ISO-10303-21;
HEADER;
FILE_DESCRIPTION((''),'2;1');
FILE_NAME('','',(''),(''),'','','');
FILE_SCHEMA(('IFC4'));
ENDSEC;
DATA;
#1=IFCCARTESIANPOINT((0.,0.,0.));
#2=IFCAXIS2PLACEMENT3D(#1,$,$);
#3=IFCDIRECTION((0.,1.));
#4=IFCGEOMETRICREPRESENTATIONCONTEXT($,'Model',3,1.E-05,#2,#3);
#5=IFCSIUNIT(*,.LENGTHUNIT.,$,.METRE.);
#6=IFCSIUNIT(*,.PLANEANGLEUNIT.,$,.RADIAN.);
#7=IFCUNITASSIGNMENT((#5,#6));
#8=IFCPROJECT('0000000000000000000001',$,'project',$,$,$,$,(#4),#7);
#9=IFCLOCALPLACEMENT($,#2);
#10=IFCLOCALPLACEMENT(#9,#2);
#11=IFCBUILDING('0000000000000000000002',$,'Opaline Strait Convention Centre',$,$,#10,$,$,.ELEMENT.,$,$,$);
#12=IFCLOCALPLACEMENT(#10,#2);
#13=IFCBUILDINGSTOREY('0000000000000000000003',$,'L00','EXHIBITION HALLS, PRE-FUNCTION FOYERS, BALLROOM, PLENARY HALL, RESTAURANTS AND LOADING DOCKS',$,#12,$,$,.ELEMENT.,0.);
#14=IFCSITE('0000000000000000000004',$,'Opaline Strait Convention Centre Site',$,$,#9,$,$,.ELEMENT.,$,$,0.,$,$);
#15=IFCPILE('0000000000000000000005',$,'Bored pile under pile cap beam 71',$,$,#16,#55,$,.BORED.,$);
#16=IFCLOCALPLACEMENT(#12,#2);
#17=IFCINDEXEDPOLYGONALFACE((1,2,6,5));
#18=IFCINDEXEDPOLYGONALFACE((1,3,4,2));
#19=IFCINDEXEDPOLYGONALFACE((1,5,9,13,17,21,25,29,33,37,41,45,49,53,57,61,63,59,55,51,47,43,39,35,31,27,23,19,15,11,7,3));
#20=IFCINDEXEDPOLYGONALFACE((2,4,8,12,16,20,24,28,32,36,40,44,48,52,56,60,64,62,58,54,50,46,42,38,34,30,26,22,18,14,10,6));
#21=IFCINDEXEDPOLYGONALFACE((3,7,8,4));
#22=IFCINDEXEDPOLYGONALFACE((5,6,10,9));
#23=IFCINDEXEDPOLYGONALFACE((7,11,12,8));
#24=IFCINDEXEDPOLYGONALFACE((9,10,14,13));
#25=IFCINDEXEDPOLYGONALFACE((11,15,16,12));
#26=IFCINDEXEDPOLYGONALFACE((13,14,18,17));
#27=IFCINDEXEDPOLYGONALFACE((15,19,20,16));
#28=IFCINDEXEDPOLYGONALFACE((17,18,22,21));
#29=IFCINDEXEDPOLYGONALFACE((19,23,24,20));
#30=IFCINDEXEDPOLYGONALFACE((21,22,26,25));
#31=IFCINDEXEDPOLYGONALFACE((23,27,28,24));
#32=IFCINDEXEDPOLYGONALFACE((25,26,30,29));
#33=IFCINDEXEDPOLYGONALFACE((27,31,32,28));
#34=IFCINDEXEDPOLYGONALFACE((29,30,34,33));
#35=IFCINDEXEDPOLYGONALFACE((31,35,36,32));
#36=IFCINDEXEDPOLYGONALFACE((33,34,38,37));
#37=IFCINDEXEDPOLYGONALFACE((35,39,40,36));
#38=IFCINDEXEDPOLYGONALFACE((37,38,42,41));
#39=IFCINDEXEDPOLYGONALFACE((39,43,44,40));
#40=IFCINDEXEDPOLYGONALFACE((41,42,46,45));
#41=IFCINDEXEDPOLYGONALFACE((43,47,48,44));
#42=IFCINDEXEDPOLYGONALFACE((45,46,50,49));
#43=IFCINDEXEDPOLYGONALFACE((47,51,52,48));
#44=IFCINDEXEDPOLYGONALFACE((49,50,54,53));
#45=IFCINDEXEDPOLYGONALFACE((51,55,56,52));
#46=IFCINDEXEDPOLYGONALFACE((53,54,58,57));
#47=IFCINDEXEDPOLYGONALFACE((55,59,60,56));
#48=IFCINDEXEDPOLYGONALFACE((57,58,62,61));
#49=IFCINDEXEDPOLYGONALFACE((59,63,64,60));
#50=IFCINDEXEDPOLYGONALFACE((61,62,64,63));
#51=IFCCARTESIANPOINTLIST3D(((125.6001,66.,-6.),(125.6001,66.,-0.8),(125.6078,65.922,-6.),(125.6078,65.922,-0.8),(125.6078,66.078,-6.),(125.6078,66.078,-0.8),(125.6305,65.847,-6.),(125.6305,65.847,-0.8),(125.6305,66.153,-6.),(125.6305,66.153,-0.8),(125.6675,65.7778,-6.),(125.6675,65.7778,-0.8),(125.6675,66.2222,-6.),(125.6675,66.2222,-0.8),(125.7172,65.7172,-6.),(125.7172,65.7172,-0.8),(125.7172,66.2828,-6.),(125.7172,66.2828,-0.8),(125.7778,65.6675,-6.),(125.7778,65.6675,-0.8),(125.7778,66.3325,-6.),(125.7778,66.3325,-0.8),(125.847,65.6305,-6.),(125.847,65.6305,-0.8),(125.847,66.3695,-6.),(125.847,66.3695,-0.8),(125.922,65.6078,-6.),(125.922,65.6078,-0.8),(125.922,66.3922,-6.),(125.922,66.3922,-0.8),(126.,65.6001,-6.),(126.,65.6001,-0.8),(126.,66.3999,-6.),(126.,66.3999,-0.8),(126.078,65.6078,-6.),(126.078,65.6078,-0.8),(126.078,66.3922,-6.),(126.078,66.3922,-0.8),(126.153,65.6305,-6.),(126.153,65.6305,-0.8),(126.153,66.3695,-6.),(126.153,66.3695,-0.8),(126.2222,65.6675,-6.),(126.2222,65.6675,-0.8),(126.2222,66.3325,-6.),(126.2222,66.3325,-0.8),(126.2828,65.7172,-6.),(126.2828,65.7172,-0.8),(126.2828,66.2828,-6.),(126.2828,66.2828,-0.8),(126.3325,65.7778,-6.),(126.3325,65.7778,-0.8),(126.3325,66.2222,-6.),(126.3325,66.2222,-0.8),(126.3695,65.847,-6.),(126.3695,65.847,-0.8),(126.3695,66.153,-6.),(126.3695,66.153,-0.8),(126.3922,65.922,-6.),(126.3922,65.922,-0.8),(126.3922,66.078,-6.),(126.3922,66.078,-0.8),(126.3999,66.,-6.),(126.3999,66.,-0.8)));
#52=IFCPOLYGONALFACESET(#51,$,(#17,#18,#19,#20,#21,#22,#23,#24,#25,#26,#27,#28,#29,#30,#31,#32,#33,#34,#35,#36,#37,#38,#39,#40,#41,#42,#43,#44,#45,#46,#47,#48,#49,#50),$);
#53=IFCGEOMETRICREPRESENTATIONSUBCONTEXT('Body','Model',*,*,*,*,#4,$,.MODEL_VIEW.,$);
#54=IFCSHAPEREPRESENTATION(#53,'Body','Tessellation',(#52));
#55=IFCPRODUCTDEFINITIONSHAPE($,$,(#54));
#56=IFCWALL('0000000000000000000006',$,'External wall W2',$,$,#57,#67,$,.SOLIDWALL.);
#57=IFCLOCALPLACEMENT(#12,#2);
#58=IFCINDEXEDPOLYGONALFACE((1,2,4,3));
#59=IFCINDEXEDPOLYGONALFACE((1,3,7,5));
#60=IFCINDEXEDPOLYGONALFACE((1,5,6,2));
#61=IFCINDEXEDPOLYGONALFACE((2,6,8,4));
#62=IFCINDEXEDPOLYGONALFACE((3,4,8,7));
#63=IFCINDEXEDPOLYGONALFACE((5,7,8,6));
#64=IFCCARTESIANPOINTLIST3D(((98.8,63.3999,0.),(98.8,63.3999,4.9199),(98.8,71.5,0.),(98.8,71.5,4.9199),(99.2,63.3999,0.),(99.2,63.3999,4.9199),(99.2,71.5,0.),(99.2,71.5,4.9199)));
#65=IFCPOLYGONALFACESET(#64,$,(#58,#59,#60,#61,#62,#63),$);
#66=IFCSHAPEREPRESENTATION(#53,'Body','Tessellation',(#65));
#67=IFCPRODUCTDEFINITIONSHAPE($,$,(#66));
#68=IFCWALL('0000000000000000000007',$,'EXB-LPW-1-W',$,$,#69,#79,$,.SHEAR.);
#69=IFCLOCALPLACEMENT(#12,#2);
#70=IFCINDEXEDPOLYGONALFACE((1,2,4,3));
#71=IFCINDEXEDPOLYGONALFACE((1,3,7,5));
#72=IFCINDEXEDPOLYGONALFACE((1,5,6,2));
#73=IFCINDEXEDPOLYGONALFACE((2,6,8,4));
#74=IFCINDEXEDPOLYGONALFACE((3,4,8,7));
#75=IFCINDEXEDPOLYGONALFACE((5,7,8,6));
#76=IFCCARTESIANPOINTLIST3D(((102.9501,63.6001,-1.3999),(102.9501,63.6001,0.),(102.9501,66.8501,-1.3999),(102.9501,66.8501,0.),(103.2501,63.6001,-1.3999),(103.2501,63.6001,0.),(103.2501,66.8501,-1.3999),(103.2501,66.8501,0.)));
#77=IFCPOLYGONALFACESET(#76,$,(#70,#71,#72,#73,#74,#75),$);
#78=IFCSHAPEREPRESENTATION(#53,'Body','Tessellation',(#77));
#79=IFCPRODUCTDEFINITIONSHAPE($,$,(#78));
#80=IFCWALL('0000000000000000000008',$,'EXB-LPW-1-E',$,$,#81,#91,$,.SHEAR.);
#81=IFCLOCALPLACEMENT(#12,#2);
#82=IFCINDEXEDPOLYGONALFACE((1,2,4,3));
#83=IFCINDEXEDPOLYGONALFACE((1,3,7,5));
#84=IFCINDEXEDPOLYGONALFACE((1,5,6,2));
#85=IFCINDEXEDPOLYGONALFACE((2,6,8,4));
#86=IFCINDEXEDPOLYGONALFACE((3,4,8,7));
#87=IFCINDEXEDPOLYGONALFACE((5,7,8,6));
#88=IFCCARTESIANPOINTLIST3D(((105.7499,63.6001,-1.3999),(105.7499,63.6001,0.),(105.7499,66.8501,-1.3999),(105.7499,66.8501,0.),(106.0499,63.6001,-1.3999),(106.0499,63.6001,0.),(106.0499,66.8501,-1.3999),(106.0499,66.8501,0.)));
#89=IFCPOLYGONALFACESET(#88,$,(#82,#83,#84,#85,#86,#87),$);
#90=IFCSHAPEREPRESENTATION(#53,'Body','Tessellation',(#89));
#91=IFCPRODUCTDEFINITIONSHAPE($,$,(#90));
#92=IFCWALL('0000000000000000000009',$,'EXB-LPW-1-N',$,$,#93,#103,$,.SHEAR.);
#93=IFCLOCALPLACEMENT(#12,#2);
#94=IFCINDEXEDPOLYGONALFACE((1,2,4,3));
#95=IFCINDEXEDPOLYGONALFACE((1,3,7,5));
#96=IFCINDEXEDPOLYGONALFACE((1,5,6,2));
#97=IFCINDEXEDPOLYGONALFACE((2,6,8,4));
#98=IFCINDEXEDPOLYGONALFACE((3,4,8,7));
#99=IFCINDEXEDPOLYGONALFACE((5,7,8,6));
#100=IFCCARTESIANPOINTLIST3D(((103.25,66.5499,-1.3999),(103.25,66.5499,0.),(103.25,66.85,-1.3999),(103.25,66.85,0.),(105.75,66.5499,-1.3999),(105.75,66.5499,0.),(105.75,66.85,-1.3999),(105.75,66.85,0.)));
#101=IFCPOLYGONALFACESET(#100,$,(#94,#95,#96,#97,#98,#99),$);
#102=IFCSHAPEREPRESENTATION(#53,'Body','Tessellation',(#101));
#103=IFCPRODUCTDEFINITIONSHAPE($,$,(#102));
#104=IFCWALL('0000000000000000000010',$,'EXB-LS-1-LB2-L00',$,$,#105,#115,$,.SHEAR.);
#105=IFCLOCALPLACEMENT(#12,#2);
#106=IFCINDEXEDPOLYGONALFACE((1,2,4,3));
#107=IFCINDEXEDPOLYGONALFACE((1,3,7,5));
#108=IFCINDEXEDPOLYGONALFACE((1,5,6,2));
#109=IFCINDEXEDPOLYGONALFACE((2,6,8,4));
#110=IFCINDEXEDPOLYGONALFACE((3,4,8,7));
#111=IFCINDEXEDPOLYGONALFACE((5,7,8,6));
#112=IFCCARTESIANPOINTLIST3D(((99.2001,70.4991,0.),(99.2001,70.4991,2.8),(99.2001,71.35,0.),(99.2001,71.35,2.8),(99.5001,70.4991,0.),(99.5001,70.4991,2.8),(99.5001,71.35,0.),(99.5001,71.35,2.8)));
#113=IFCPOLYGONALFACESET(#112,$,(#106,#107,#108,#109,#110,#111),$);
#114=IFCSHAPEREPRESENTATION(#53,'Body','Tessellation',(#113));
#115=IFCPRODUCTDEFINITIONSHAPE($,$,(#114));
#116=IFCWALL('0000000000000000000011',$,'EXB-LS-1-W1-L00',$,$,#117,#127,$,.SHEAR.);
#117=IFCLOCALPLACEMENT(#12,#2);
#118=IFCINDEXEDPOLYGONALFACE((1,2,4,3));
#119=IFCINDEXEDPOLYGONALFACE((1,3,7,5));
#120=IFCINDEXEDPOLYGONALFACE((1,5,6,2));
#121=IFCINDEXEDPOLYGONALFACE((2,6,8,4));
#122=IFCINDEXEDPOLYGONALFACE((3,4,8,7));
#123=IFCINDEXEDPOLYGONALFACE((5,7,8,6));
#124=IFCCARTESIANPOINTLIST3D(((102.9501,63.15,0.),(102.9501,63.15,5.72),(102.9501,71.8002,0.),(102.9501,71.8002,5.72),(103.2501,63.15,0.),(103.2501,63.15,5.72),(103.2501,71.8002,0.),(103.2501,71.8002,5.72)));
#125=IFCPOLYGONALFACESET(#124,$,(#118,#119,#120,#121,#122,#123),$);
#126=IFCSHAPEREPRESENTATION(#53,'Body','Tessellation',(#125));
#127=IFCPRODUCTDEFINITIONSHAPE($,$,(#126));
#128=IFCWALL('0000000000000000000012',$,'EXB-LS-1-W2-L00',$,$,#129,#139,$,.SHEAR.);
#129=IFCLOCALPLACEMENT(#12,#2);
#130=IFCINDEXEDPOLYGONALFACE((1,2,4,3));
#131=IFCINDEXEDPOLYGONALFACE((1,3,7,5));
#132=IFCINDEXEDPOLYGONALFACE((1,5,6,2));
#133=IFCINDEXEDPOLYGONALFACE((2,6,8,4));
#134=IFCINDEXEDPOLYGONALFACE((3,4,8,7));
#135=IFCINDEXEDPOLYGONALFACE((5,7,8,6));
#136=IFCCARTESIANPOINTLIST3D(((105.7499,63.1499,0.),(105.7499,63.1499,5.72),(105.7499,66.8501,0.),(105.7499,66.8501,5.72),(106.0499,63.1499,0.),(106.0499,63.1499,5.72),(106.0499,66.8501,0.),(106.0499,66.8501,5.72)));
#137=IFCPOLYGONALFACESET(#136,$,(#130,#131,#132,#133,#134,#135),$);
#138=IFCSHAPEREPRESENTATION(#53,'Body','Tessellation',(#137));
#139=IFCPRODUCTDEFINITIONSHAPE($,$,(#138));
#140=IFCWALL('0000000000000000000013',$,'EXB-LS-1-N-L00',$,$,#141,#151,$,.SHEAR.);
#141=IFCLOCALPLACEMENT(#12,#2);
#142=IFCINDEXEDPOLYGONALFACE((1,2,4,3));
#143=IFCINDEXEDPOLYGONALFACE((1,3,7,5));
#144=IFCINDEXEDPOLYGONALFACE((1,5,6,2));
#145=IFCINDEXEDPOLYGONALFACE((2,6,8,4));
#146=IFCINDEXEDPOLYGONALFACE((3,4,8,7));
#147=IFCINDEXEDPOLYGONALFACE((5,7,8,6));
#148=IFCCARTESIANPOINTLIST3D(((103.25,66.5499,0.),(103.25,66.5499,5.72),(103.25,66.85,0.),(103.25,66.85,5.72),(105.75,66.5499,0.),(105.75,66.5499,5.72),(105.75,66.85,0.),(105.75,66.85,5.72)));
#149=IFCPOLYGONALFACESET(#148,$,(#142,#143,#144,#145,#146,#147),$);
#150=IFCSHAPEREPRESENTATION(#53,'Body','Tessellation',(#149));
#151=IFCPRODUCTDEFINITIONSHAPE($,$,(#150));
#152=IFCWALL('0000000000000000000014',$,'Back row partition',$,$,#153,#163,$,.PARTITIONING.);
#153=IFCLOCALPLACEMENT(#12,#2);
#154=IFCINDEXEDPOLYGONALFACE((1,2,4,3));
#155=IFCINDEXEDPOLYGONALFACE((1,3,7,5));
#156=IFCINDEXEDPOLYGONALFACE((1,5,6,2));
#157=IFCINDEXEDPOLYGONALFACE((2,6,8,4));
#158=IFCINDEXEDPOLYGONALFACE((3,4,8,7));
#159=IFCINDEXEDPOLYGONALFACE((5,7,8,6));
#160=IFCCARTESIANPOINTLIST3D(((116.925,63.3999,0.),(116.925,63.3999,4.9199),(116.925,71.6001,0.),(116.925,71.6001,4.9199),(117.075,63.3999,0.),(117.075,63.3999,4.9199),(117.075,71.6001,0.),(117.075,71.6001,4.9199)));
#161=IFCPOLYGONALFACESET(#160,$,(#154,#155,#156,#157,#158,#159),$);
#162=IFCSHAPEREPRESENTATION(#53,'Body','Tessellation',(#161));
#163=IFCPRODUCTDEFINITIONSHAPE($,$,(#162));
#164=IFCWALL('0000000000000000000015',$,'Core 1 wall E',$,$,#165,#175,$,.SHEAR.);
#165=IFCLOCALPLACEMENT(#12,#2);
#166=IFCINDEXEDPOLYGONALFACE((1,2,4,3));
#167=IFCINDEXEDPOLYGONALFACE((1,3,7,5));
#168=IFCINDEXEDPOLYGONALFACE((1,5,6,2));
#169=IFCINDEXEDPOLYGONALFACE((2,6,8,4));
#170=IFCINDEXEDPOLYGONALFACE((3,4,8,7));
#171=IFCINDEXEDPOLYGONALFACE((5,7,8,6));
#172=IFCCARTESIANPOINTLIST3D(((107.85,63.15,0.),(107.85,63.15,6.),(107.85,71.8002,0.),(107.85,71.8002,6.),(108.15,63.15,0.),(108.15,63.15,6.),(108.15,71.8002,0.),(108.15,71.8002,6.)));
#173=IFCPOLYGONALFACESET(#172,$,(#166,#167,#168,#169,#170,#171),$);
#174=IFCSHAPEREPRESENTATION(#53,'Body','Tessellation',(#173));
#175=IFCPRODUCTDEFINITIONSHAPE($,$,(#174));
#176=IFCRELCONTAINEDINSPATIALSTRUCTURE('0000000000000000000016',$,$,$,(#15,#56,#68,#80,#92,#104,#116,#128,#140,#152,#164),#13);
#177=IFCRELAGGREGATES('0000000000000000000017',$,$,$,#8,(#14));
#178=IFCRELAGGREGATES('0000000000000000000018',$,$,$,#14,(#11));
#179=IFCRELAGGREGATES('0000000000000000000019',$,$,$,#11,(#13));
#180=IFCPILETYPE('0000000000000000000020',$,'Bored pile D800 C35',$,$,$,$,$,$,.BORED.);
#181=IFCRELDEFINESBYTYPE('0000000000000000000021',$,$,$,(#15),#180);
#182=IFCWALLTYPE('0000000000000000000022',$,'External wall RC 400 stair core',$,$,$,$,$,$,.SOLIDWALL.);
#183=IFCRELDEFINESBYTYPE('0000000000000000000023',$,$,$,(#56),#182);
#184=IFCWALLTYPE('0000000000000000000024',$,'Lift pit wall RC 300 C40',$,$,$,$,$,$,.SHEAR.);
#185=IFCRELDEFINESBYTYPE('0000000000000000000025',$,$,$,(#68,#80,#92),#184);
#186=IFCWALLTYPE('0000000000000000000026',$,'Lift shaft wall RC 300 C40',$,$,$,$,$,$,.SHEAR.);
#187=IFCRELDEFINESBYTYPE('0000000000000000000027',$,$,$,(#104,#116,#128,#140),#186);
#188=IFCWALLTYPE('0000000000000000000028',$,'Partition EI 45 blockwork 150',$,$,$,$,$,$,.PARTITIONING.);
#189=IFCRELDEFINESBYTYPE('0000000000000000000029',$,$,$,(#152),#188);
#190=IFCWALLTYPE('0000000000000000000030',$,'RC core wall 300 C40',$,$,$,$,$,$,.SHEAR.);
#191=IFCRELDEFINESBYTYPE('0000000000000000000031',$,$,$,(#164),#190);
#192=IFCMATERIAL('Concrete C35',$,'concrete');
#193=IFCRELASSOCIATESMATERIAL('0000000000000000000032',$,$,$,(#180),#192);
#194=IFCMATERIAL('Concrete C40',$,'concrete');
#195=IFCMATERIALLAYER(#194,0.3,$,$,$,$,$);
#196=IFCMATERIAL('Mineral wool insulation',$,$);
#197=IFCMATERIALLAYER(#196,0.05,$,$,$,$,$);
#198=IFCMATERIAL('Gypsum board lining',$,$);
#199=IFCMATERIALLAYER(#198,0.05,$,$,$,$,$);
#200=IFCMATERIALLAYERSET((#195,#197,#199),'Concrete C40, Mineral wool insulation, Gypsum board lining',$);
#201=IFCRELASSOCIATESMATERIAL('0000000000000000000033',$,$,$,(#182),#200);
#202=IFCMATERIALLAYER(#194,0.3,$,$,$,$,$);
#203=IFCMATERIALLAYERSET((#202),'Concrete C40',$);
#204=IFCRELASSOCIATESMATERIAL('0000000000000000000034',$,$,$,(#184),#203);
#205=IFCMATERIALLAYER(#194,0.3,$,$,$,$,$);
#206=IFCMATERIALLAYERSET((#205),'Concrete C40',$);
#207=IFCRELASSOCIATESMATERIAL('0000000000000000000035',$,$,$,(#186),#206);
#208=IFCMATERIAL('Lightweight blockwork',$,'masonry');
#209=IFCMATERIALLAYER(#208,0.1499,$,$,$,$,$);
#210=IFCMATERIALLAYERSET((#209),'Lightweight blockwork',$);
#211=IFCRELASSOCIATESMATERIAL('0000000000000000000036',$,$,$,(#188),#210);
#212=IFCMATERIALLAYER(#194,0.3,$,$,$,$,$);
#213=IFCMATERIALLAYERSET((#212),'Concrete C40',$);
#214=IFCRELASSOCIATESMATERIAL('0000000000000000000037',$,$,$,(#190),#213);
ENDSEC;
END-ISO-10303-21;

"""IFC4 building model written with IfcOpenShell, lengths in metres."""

from ifc_helpers import new_model, si_unit, direction, frame, frame_2d, origin, origin_2d, place, context, subcontext, project, spatial, rectangle, circle, extrude, material, layer, layer_set, material_profile, profile_set, type_object, element, save


model = new_model("IFC4")

# Units and contexts
model_context = context("Model", 3, precision=1e-05, world=origin(), true_north=direction((0.0, 1.0)))
body_context = subcontext(model_context, "Body", "Model", "MODEL_VIEW")
ifc_project = project(units=[si_unit("LENGTHUNIT", "METRE"), si_unit("PLANEANGLEUNIT", "RADIAN")], contexts=[model_context])

# Site, building, storey
site_placement = place(None, origin())
site = spatial("IfcSite", under=ifc_project, at=site_placement, Name="Opaline Strait Convention Centre Site", CompositionType="ELEMENT", RefElevation=0.0)
building_placement = place(site_placement, origin())
building = spatial("IfcBuilding", under=site, at=building_placement, Name="Opaline Strait Convention Centre", CompositionType="ELEMENT")
storey_placement = place(building_placement, origin())
storey = spatial("IfcBuildingStorey", under=building, at=storey_placement, Name="L00", Description="EXHIBITION HALLS, PRE-FUNCTION FOYERS, BALLROOM, PLENARY HALL, RESTAURANTS AND LOADING DOCKS", CompositionType="ELEMENT", Elevation=0.0)

# Pile
ifc_material_1 = material(Name="Concrete C35", Category="concrete")
ifc_material_profile = material_profile(ifc_material_1, circle(Radius=0.3999, at=origin_2d()), Name="D800")
ifc_profile_set = profile_set([ifc_material_profile], Name="Concrete C35")
pile_type = type_object("IfcPileType", Name="Bored pile D800 C35", PredefinedType="BORED", material=ifc_profile_set)
pile_placement = place(storey_placement, frame((126.0, 66.0, -0.8), z_axis=(0.0, 0.0, -1.0), x_axis=(1.0, 0.0, 0.0)))
element("IfcPile", 1, at=pile_placement, inside=storey, type_object=pile_type, Name="Bored pile under pile cap beam 71", PredefinedType="BORED", context=body_context, shape_type="SweptSolid", body=[
    extrude(circle(Radius=0.3999, at=origin_2d()), origin(), (0.0, 0.0, 1.0), 5.2),
])

# Walls
ifc_material_2 = material(Name="Concrete C40", Category="concrete")
ifc_layer_1 = layer(ifc_material_2, 0.3)
ifc_material_3 = material(Name="Mineral wool insulation")
ifc_layer_2 = layer(ifc_material_3, 0.05)
ifc_material_4 = material(Name="Gypsum board lining")
ifc_layer_3 = layer(ifc_material_4, 0.05)
ifc_layer_set_1 = layer_set([ifc_layer_1, ifc_layer_2, ifc_layer_3], Name="Concrete C40, Mineral wool insulation, Gypsum board lining")
wall_type_1 = type_object("IfcWallType", Name="External wall RC 400 stair core", PredefinedType="SOLIDWALL", material=ifc_layer_set_1)
wall_1_placement = place(storey_placement, frame((99.0, 63.3999, 0.0), z_axis=(0.0, 0.0, 1.0), x_axis=(0.0, 1.0, 0.0)))
element("IfcWall", 2, at=wall_1_placement, inside=storey, type_object=wall_type_1, Name="External wall W2", PredefinedType="SOLIDWALL", context=body_context, shape_type="SweptSolid", body=[
    extrude(rectangle(XDim=8.1001, YDim=0.3999, at=frame_2d((4.05, 0.0))), origin(), (0.0, 0.0, 1.0), 4.9199),
])
ifc_layer_4 = layer(ifc_material_2, 0.3)
ifc_layer_set_2 = layer_set([ifc_layer_4], Name="Concrete C40")
wall_type_2 = type_object("IfcWallType", Name="Lift pit wall RC 300 C40", PredefinedType="SHEAR", material=ifc_layer_set_2)
for number, where, z_axis, x_axis, name in (
    (3, (103.1001, 63.6001, -1.3999), (0.0, 0.0, 1.0), (0.0, 1.0, 0.0), "EXB-LPW-1-W"),
    (4, (105.8999, 63.6001, -1.3999), (0.0, 0.0, 1.0), (0.0, 1.0, 0.0), "EXB-LPW-1-E"),
):
    element("IfcWall", number, at=place(storey_placement, frame(where, z_axis=z_axis, x_axis=x_axis)), inside=storey, type_object=wall_type_2, Name=name, PredefinedType="SHEAR", context=body_context, shape_type="SweptSolid", body=[
        extrude(rectangle(XDim=3.25, YDim=0.3, at=frame_2d((1.625, 0.0))), origin(), (0.0, 0.0, 1.0), 1.3999),
    ])
wall_2_placement = place(storey_placement, frame((103.25, 66.7, -1.3999), z_axis=(0.0, 0.0, 1.0), x_axis=(1.0, 0.0, 0.0)))
element("IfcWall", 5, at=wall_2_placement, inside=storey, type_object=wall_type_2, Name="EXB-LPW-1-N", PredefinedType="SHEAR", context=body_context, shape_type="SweptSolid", body=[
    extrude(rectangle(XDim=2.5, YDim=0.3, at=frame_2d((1.25, 0.0))), origin(), (0.0, 0.0, 1.0), 1.3999),
])
ifc_layer_5 = layer(ifc_material_2, 0.3)
ifc_layer_set_3 = layer_set([ifc_layer_5], Name="Concrete C40")
wall_type_3 = type_object("IfcWallType", Name="Lift shaft wall RC 300 C40", PredefinedType="SHEAR", material=ifc_layer_set_3)
wall_3_placement = place(storey_placement, frame((99.3501, 70.4993, 0.0), z_axis=(0.0, 0.0, 1.0), x_axis=(0.0, 1.0, 0.0)))
element("IfcWall", 6, at=wall_3_placement, inside=storey, type_object=wall_type_3, Name="EXB-LS-1-LB2-L00", PredefinedType="SHEAR", context=body_context, shape_type="SweptSolid", body=[
    extrude(rectangle(XDim=0.8508, YDim=0.3, at=frame_2d((0.4253, 0.0))), origin(), (0.0, 0.0, 1.0), 2.8),
])
wall_4_placement = place(storey_placement, frame((103.1001, 63.1499, 0.0), z_axis=(0.0, 0.0, 1.0), x_axis=(0.0, 1.0, 0.0)))
element("IfcWall", 7, at=wall_4_placement, inside=storey, type_object=wall_type_3, Name="EXB-LS-1-W1-L00", PredefinedType="SHEAR", context=body_context, shape_type="SweptSolid", body=[
    extrude(rectangle(XDim=8.6501, YDim=0.3, at=frame_2d((4.3252, 0.0))), origin(), (0.0, 0.0, 1.0), 5.72),
])
wall_5_placement = place(storey_placement, frame((105.8999, 63.1499, 0.0), z_axis=(0.0, 0.0, 1.0), x_axis=(0.0, 1.0, 0.0)))
element("IfcWall", 8, at=wall_5_placement, inside=storey, type_object=wall_type_3, Name="EXB-LS-1-W2-L00", PredefinedType="SHEAR", context=body_context, shape_type="SweptSolid", body=[
    extrude(rectangle(XDim=3.7002, YDim=0.3, at=frame_2d((1.8501, 0.0))), origin(), (0.0, 0.0, 1.0), 5.72),
])
wall_6_placement = place(storey_placement, frame((103.25, 66.7, 0.0), z_axis=(0.0, 0.0, 1.0), x_axis=(1.0, 0.0, 0.0)))
element("IfcWall", 9, at=wall_6_placement, inside=storey, type_object=wall_type_3, Name="EXB-LS-1-N-L00", PredefinedType="SHEAR", context=body_context, shape_type="SweptSolid", body=[
    extrude(rectangle(XDim=2.5, YDim=0.3, at=frame_2d((1.25, 0.0))), origin(), (0.0, 0.0, 1.0), 5.72),
])
ifc_material_5 = material(Name="Lightweight blockwork", Category="masonry")
ifc_layer_6 = layer(ifc_material_5, 0.1499)
ifc_layer_set_4 = layer_set([ifc_layer_6], Name="Lightweight blockwork")
wall_type_4 = type_object("IfcWallType", Name="Partition EI 45 blockwork 150", PredefinedType="PARTITIONING", material=ifc_layer_set_4)
wall_7_placement = place(storey_placement, frame((117.0, 63.3999, 0.0), z_axis=(0.0, 0.0, 1.0), x_axis=(0.0, 1.0, 0.0)))
element("IfcWall", 10, at=wall_7_placement, inside=storey, type_object=wall_type_4, Name="Back row partition", PredefinedType="PARTITIONING", context=body_context, shape_type="SweptSolid", body=[
    extrude(rectangle(XDim=8.2002, YDim=0.1499, at=frame_2d((4.1001, 0.0))), origin(), (0.0, 0.0, 1.0), 4.9199),
])
ifc_layer_7 = layer(ifc_material_2, 0.3)
ifc_layer_set_5 = layer_set([ifc_layer_7], Name="Concrete C40")
wall_type_5 = type_object("IfcWallType", Name="RC core wall 300 C40", PredefinedType="SHEAR", material=ifc_layer_set_5)
wall_8_placement = place(storey_placement, frame((108.0, 63.1499, 0.0), z_axis=(0.0, 0.0, 1.0), x_axis=(0.0, 1.0, 0.0)))
element("IfcWall", 11, at=wall_8_placement, inside=storey, type_object=wall_type_5, Name="Core 1 wall E", PredefinedType="SHEAR", context=body_context, shape_type="SweptSolid", body=[
    extrude(rectangle(XDim=8.6501, YDim=0.3, at=frame_2d((4.3252, 0.0))), origin(), (0.0, 0.0, 1.0), 6.0),
])

save(model, "model.ifc")
